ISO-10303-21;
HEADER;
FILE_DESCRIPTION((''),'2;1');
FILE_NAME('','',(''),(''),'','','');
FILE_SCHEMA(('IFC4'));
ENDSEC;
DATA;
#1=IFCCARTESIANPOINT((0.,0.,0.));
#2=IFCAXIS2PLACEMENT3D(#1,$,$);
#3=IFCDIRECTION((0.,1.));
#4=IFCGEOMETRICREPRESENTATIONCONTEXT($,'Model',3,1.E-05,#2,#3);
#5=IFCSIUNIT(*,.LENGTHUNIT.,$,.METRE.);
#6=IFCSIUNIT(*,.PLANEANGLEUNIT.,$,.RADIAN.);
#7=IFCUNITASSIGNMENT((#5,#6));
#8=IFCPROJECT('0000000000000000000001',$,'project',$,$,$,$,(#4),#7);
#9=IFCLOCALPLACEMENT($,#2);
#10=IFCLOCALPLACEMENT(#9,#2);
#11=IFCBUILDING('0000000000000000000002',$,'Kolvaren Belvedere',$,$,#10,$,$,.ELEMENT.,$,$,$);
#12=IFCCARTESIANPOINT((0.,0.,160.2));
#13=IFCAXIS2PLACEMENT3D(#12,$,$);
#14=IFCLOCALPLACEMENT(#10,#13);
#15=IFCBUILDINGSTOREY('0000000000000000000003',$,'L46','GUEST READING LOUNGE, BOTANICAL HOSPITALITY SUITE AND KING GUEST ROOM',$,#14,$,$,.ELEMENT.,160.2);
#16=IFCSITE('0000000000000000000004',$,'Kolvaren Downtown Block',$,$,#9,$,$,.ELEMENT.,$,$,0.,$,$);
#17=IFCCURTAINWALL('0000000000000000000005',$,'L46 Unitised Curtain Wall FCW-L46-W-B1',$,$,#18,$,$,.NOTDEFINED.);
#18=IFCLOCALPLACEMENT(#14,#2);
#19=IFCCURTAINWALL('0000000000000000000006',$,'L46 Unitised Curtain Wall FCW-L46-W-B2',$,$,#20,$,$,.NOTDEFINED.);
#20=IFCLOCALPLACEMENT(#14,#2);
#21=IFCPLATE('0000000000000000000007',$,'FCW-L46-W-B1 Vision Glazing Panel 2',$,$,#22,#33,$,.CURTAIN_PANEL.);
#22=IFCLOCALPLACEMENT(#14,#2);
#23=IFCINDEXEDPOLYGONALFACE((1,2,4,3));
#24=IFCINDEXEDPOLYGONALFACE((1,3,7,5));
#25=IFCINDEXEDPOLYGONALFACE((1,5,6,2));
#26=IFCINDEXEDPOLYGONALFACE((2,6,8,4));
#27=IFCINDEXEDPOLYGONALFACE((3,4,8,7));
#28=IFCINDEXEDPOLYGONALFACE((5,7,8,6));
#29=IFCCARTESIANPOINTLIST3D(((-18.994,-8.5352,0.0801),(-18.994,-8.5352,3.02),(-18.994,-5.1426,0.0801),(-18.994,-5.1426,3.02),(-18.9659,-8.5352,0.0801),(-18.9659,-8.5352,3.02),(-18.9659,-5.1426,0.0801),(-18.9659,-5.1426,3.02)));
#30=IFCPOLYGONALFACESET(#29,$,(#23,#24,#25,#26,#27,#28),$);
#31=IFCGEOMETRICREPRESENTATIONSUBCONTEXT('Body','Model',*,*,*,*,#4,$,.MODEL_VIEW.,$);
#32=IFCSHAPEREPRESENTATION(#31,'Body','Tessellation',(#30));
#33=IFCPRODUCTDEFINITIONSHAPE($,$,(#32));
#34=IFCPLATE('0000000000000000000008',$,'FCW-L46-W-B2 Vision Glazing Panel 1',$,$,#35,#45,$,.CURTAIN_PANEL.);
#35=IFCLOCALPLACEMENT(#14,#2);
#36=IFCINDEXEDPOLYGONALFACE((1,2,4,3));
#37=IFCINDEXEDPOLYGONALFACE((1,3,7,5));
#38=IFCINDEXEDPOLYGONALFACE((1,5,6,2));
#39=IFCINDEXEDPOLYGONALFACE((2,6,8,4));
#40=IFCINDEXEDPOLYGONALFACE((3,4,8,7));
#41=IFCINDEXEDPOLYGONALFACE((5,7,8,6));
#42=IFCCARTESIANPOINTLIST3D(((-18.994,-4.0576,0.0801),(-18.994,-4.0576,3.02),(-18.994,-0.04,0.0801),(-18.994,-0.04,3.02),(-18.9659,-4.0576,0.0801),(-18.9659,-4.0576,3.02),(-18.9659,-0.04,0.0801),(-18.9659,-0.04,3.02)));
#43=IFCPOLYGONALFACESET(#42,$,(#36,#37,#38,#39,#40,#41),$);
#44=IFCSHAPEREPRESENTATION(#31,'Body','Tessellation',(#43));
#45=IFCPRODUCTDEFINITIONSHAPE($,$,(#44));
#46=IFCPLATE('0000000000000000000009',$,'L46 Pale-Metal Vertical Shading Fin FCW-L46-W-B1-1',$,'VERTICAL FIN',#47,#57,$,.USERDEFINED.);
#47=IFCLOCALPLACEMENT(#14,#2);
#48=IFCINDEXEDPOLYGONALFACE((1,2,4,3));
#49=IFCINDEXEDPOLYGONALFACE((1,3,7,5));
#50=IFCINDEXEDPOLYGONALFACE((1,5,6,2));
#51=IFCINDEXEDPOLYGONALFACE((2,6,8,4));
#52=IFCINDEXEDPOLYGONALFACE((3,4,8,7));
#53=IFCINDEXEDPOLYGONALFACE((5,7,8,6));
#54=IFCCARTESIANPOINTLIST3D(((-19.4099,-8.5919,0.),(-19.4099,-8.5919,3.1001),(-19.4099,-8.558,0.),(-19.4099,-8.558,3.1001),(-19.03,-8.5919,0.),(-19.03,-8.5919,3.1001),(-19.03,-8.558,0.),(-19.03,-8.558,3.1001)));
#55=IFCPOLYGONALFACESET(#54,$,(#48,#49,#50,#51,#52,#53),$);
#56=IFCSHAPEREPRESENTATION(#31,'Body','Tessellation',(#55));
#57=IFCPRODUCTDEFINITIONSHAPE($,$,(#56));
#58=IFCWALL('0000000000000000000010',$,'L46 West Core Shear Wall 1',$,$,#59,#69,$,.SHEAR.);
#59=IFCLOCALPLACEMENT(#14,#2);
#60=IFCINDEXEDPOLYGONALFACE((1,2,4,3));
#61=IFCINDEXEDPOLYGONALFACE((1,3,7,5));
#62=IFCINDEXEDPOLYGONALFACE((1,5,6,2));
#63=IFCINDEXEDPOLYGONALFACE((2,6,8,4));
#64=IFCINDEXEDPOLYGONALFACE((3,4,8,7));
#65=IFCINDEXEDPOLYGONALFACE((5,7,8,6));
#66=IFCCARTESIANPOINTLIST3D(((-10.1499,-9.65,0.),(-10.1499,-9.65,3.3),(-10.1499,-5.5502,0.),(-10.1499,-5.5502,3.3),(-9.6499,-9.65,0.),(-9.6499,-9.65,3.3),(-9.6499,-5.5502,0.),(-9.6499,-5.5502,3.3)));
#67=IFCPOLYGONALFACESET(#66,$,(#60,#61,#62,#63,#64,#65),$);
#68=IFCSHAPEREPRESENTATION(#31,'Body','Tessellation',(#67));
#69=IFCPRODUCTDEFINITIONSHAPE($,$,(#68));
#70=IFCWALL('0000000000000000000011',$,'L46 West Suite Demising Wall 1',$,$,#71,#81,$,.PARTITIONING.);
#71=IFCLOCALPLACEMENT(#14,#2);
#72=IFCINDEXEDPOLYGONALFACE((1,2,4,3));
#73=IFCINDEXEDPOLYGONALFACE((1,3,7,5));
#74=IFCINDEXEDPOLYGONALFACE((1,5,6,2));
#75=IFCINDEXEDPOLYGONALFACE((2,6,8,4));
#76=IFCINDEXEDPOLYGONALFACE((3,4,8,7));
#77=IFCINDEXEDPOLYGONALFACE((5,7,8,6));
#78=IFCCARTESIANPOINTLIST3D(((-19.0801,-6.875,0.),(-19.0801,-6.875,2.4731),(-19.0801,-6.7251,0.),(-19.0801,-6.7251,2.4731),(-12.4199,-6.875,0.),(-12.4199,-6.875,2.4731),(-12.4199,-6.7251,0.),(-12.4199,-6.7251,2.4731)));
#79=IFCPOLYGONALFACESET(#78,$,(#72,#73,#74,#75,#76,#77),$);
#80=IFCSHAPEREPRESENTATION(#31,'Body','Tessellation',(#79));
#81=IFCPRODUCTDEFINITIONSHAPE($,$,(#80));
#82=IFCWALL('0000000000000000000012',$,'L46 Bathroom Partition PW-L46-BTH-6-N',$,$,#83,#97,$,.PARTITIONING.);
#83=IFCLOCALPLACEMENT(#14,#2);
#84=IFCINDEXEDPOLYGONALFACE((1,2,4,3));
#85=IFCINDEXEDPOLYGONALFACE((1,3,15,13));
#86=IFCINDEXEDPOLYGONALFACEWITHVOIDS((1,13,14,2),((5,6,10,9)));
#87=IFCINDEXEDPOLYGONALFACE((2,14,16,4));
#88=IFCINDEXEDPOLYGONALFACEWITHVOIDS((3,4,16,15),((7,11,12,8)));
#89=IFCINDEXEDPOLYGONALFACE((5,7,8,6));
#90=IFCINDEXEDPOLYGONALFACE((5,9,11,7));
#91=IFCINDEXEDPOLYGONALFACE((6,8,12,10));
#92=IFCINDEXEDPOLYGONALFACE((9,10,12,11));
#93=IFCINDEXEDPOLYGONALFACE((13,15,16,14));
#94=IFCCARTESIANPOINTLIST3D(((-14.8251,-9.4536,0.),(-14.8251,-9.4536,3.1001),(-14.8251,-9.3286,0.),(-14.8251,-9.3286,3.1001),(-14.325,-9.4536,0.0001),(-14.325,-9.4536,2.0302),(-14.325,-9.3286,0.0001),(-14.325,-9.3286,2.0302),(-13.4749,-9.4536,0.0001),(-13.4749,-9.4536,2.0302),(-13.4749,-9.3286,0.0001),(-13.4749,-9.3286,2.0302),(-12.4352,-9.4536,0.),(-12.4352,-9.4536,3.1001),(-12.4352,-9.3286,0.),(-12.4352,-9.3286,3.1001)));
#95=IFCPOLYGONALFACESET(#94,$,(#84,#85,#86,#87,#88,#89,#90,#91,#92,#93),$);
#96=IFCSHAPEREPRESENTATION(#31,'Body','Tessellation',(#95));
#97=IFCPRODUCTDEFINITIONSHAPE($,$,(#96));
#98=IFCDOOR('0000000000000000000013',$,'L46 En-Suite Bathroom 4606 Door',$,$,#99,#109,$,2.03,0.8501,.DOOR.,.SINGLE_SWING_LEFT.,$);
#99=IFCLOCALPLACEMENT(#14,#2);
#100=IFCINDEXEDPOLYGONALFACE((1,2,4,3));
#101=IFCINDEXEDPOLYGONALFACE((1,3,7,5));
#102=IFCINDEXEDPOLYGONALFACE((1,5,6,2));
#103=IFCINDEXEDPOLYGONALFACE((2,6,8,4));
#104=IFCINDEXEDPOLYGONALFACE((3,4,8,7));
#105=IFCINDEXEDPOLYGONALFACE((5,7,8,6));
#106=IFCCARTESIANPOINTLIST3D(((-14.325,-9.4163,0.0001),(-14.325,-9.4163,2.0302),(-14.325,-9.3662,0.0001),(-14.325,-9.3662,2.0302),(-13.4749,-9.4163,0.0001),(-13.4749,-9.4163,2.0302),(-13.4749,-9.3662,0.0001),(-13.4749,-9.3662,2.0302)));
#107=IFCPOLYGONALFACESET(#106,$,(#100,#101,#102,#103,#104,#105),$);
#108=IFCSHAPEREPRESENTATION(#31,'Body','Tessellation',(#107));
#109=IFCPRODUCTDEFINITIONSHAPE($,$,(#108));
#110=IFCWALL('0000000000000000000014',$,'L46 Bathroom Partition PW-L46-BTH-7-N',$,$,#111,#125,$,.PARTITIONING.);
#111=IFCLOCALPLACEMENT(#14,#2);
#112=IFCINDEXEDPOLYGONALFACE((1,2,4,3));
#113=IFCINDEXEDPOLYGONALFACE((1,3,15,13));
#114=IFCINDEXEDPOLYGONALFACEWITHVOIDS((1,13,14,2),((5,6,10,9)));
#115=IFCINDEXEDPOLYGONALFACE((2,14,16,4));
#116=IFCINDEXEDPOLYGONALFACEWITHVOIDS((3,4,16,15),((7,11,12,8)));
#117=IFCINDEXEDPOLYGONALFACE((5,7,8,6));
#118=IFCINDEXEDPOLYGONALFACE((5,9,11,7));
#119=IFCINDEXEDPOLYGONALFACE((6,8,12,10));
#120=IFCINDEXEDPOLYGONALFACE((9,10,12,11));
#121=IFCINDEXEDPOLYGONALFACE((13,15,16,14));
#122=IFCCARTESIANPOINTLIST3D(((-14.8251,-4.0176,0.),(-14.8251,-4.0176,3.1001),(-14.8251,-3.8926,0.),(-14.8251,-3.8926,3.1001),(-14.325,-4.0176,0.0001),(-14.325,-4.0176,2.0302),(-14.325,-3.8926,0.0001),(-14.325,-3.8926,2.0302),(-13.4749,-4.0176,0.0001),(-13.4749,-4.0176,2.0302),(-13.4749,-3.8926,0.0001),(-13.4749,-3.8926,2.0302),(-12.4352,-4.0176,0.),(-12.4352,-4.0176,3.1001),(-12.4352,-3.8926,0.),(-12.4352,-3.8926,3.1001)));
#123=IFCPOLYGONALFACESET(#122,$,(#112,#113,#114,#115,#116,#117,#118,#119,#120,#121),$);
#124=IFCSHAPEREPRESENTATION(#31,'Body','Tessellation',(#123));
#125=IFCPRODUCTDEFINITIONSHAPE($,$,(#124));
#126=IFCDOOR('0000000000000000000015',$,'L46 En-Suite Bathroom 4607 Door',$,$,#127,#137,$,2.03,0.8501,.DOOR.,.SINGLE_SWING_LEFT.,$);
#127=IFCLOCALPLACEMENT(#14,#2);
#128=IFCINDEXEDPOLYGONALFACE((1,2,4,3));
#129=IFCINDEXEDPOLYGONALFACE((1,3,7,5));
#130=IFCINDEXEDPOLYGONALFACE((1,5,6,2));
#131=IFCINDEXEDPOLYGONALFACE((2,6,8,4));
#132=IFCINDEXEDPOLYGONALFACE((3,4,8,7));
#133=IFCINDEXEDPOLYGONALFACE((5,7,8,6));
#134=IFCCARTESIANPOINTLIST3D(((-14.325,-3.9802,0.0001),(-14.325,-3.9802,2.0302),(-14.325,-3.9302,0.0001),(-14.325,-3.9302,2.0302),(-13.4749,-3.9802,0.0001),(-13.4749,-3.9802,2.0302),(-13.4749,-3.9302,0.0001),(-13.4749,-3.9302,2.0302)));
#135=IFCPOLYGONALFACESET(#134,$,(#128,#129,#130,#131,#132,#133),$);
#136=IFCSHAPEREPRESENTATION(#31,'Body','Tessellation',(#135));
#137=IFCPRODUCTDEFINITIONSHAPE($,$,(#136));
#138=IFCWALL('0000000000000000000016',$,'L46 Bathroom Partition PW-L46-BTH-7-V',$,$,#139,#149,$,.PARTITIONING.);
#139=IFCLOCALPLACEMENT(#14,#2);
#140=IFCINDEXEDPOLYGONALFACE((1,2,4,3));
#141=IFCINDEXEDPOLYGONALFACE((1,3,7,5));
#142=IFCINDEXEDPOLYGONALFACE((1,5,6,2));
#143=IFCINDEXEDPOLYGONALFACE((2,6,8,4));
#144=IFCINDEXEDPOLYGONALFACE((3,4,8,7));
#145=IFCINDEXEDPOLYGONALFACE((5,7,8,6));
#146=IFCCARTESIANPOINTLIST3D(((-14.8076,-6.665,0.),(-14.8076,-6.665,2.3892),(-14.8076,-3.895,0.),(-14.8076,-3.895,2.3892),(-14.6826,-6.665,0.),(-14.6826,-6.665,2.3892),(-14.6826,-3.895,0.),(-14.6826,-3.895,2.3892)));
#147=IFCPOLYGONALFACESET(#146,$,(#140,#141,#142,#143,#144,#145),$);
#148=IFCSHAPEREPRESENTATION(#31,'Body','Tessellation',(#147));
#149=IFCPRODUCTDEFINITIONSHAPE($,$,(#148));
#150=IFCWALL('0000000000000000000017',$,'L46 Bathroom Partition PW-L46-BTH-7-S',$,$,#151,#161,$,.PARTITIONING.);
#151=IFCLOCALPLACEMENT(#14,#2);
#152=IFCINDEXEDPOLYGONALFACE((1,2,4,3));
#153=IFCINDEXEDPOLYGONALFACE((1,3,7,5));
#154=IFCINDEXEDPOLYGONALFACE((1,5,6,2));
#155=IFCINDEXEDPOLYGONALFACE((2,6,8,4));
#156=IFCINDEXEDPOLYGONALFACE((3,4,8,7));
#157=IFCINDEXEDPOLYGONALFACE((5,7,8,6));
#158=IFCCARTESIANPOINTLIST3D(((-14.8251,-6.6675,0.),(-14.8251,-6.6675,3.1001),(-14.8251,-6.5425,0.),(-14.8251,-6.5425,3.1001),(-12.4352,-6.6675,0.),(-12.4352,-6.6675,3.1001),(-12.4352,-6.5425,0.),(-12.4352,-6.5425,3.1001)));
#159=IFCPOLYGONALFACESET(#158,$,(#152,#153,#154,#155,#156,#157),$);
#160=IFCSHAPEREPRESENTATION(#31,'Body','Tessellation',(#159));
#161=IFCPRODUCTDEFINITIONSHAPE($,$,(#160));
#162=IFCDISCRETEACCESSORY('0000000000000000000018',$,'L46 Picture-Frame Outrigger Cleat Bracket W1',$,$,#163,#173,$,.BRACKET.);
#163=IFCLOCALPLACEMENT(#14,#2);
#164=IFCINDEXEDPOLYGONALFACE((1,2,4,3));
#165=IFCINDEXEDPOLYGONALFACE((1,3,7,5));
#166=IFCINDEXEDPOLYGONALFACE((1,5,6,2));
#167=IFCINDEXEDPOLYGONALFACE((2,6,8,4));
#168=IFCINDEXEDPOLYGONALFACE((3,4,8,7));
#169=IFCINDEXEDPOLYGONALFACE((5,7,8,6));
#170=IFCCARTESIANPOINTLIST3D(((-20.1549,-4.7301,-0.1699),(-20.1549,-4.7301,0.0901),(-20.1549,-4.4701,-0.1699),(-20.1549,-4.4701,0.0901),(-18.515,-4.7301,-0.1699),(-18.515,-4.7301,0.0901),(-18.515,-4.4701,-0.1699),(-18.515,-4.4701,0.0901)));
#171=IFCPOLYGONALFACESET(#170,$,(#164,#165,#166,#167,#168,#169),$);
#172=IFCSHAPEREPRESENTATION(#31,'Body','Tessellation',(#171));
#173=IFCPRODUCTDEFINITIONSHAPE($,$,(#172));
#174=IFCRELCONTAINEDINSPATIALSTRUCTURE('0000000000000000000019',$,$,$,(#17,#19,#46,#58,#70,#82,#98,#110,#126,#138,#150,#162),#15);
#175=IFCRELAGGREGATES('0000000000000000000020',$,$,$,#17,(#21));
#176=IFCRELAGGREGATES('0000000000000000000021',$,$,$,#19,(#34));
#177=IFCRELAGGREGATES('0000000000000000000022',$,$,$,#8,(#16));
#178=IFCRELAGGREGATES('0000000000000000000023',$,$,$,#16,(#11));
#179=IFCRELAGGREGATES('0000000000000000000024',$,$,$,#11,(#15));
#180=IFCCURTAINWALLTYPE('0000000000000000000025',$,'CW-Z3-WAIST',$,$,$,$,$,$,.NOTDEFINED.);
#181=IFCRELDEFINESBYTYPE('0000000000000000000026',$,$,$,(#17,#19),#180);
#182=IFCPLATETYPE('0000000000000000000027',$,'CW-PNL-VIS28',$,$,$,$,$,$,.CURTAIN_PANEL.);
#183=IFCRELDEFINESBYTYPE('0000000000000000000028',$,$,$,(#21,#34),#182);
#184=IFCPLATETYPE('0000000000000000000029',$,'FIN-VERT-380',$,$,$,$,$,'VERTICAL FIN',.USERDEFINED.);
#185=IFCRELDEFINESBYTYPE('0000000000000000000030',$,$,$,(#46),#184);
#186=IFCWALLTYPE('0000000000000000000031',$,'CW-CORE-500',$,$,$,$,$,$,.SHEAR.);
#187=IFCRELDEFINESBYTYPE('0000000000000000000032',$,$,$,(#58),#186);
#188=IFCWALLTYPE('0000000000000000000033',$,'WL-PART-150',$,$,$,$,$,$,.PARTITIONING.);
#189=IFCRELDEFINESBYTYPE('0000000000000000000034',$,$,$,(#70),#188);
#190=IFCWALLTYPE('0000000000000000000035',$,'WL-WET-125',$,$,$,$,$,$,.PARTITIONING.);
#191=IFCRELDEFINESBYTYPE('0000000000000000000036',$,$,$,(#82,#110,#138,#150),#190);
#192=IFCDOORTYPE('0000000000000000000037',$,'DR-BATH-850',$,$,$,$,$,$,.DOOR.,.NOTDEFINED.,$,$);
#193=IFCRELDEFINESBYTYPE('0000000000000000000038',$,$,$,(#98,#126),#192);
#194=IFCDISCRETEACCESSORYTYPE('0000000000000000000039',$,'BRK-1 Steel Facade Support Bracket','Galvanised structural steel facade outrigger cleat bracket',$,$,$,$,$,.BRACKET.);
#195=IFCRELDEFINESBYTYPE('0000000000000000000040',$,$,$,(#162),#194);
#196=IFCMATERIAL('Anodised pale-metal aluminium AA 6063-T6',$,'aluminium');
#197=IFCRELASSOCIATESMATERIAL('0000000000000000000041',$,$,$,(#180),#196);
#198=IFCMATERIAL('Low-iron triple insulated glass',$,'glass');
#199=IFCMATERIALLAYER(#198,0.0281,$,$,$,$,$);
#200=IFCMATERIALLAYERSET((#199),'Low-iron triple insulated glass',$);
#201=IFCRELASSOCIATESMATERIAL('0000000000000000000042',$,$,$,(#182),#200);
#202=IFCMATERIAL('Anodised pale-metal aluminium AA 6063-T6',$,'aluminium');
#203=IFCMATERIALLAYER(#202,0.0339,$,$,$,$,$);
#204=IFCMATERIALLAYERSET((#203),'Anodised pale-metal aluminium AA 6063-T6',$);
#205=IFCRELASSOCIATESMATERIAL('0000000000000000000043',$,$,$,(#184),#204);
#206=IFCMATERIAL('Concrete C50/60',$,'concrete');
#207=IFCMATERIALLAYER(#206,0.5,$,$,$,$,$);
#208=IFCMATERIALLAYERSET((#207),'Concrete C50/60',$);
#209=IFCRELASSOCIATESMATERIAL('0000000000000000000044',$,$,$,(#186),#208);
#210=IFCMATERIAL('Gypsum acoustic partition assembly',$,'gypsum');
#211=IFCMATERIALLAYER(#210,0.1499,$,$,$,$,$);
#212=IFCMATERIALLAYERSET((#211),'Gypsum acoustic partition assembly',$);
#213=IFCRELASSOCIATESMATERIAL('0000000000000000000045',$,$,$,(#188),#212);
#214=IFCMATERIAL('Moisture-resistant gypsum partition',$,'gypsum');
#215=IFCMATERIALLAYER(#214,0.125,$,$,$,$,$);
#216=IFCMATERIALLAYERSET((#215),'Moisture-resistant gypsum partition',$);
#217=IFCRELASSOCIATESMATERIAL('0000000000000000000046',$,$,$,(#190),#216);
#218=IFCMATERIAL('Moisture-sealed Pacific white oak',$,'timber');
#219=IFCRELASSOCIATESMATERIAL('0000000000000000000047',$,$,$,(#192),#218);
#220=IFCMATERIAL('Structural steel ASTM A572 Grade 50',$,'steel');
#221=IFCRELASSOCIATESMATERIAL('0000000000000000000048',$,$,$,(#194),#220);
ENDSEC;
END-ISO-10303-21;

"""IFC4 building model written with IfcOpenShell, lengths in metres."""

from ifc_helpers import new_model, si_unit, direction, frame, frame_2d, origin, origin_2d, place, context, subcontext, project, spatial, rectangle, extrude, material, layer, layer_set, type_object, element, fill, aggregate, save


model = new_model("IFC4")

# Units and contexts
model_context = context("Model", 3, precision=1e-05, world=origin(), true_north=direction((0.0, 1.0)))
body_context = subcontext(model_context, "Body", "Model", "MODEL_VIEW")
ifc_project = project(units=[si_unit("LENGTHUNIT", "METRE"), si_unit("PLANEANGLEUNIT", "RADIAN")], contexts=[model_context])

# Site, building, storey
site_placement = place(None, origin())
site = spatial("IfcSite", under=ifc_project, at=site_placement, Name="Kolvaren Downtown Block", CompositionType="ELEMENT", RefElevation=0.0)
building_placement = place(site_placement, origin())
building = spatial("IfcBuilding", under=site, at=building_placement, Name="Kolvaren Belvedere", CompositionType="ELEMENT")
storey_placement = place(building_placement, frame((0.0, 0.0, 160.2)))
storey = spatial("IfcBuildingStorey", under=building, at=storey_placement, Name="L46", Description="GUEST READING LOUNGE, BOTANICAL HOSPITALITY SUITE AND KING GUEST ROOM", CompositionType="ELEMENT", Elevation=160.2)

# Curtain walls
ifc_material_1 = material(Name="Anodised pale-metal aluminium AA 6063-T6", Category="aluminium")
curtain_wall_type = type_object("IfcCurtainWallType", Name="CW-Z3-WAIST", PredefinedType="NOTDEFINED", material=ifc_material_1)
curtain_wall_1_placement = place(storey_placement, origin())
curtain_wall_1 = element("IfcCurtainWall", 1, at=curtain_wall_1_placement, inside=storey, type_object=curtain_wall_type, Name="L46 Unitised Curtain Wall FCW-L46-W-B1", PredefinedType="NOTDEFINED")
curtain_wall_2_placement = place(storey_placement, origin())
curtain_wall_2 = element("IfcCurtainWall", 2, at=curtain_wall_2_placement, inside=storey, type_object=curtain_wall_type, Name="L46 Unitised Curtain Wall FCW-L46-W-B2", PredefinedType="NOTDEFINED")

# Plates
ifc_material_2 = material(Name="Low-iron triple insulated glass", Category="glass")
ifc_layer_1 = layer(ifc_material_2, 0.0281)
ifc_layer_set_1 = layer_set([ifc_layer_1], Name="Low-iron triple insulated glass")
plate_type_1 = type_object("IfcPlateType", Name="CW-PNL-VIS28", PredefinedType="CURTAIN_PANEL", material=ifc_layer_set_1)
plate_1_placement = place(storey_placement, frame((-18.98, -6.8389, 0.0801), z_axis=(0.0, 0.0, 1.0), x_axis=(0.0, 1.0, 0.0)))
plate_1 = element("IfcPlate", 3, at=plate_1_placement, type_object=plate_type_1, Name="FCW-L46-W-B1 Vision Glazing Panel 2", PredefinedType="CURTAIN_PANEL", context=body_context, shape_type="SweptSolid", body=[
    extrude(rectangle(XDim=3.3926, YDim=0.0281, at=origin_2d()), origin(), (0.0, 0.0, 1.0), 2.9399),
])
aggregate(curtain_wall_1, [plate_1])
plate_2_placement = place(storey_placement, frame((-18.98, -2.0488, 0.0801), z_axis=(0.0, 0.0, 1.0), x_axis=(0.0, 1.0, 0.0)))
plate_2 = element("IfcPlate", 4, at=plate_2_placement, type_object=plate_type_1, Name="FCW-L46-W-B2 Vision Glazing Panel 1", PredefinedType="CURTAIN_PANEL", context=body_context, shape_type="SweptSolid", body=[
    extrude(rectangle(XDim=4.0176, YDim=0.0281, at=origin_2d()), origin(), (0.0, 0.0, 1.0), 2.9399),
])
aggregate(curtain_wall_2, [plate_2])
ifc_material_3 = material(Name="Anodised pale-metal aluminium AA 6063-T6", Category="aluminium")
ifc_layer_2 = layer(ifc_material_3, 0.0339)
ifc_layer_set_2 = layer_set([ifc_layer_2], Name="Anodised pale-metal aluminium AA 6063-T6")
plate_type_2 = type_object("IfcPlateType", Name="FIN-VERT-380", ElementType="VERTICAL FIN", PredefinedType="USERDEFINED", material=ifc_layer_set_2)
plate_3_placement = place(storey_placement, frame((-19.22, -8.575, 0.0), z_axis=(0.0, 0.0, 1.0), x_axis=(1.0, 0.0, 0.0)))
element("IfcPlate", 5, at=plate_3_placement, inside=storey, type_object=plate_type_2, Name="L46 Pale-Metal Vertical Shading Fin FCW-L46-W-B1-1", ObjectType="VERTICAL FIN", PredefinedType="USERDEFINED", context=body_context, shape_type="SweptSolid", body=[
    extrude(rectangle(XDim=0.3799, YDim=0.0339, at=origin_2d()), origin(), (0.0, 0.0, 1.0), 3.1001),
])

# Walls
ifc_material_4 = material(Name="Concrete C50/60", Category="concrete")
ifc_layer_3 = layer(ifc_material_4, 0.5)
ifc_layer_set_3 = layer_set([ifc_layer_3], Name="Concrete C50/60")
wall_type_1 = type_object("IfcWallType", Name="CW-CORE-500", PredefinedType="SHEAR", material=ifc_layer_set_3)
wall_1_placement = place(storey_placement, frame((-9.8999, -9.6499, 0.0), z_axis=(0.0, 0.0, 1.0), x_axis=(0.0, 1.0, 0.0)))
element("IfcWall", 6, at=wall_1_placement, inside=storey, type_object=wall_type_1, Name="L46 West Core Shear Wall 1", PredefinedType="SHEAR", context=body_context, shape_type="SweptSolid", body=[
    extrude(rectangle(XDim=4.0999, YDim=0.5, at=frame_2d((2.0498, 0.0))), origin(), (0.0, 0.0, 1.0), 3.3),
])
ifc_material_5 = material(Name="Gypsum acoustic partition assembly", Category="gypsum")
ifc_layer_4 = layer(ifc_material_5, 0.1499)
ifc_layer_set_4 = layer_set([ifc_layer_4], Name="Gypsum acoustic partition assembly")
wall_type_2 = type_object("IfcWallType", Name="WL-PART-150", PredefinedType="PARTITIONING", material=ifc_layer_set_4)
wall_2_placement = place(storey_placement, frame((-19.0801, -6.8, 0.0), z_axis=(0.0, 0.0, 1.0), x_axis=(1.0, 0.0, 0.0)))
element("IfcWall", 7, at=wall_2_placement, inside=storey, type_object=wall_type_2, Name="L46 West Suite Demising Wall 1", PredefinedType="PARTITIONING", context=body_context, shape_type="SweptSolid", body=[
    extrude(rectangle(XDim=6.6602, YDim=0.1499, at=frame_2d((3.3301, 0.0))), origin(), (0.0, 0.0, 1.0), 2.4731),
])

# Walls, openings, doors
ifc_material_6 = material(Name="Moisture-resistant gypsum partition", Category="gypsum")
ifc_layer_5 = layer(ifc_material_6, 0.125)
ifc_layer_set_5 = layer_set([ifc_layer_5], Name="Moisture-resistant gypsum partition")
wall_type_3 = type_object("IfcWallType", Name="WL-WET-125", PredefinedType="PARTITIONING", material=ifc_layer_set_5)
wall_3_placement = place(storey_placement, frame((-14.825, -9.3911, 0.0), z_axis=(0.0, 0.0, 1.0), x_axis=(1.0, 0.0, 0.0)))
wall_3 = element("IfcWall", 8, at=wall_3_placement, inside=storey, type_object=wall_type_3, Name="L46 Bathroom Partition PW-L46-BTH-6-N", PredefinedType="PARTITIONING", context=body_context, shape_type="SweptSolid", body=[
    extrude(rectangle(XDim=2.3899, YDim=0.125, at=frame_2d((1.1948, 0.0))), origin(), (0.0, 0.0, 1.0), 3.1001),
])
opening_1_placement = place(wall_3_placement, frame((0.5, 0.0, 0.0)))
opening_1 = element("IfcOpeningElement", 9, at=opening_1_placement, cuts=wall_3, PredefinedType="OPENING", context=body_context, shape_type="SweptSolid", body=[
    extrude(rectangle(XDim=0.8501, YDim=2.03, at=frame_2d((0.425, 1.0151))), frame((0.0, 0.0725, 0.0), z_axis=(0.0, -1.0, 0.0), x_axis=(1.0, 0.0, 0.0)), (0.0, 0.0, 1.0), 0.145),
])
ifc_material_7 = material(Name="Moisture-sealed Pacific white oak", Category="timber")
door_type = type_object("IfcDoorType", Name="DR-BATH-850", OperationType="NOTDEFINED", PredefinedType="DOOR", material=ifc_material_7)
door_1_placement = place(opening_1_placement, origin())
door_1 = element("IfcDoor", 10, at=door_1_placement, inside=storey, type_object=door_type, Name="L46 En-Suite Bathroom 4606 Door", OperationType="SINGLE_SWING_LEFT", OverallHeight=2.03, OverallWidth=0.8501, PredefinedType="DOOR", context=body_context, shape_type="SweptSolid", body=[
    extrude(rectangle(XDim=0.8501, YDim=2.03, at=frame_2d((0.425, 1.0151))), frame((0.0, 0.0249, 0.0), z_axis=(0.0, -1.0, 0.0), x_axis=(1.0, 0.0, 0.0)), (0.0, 0.0, 1.0), 0.05),
])
fill(opening_1, door_1)
wall_4_placement = place(storey_placement, frame((-14.825, -3.9551, 0.0), z_axis=(0.0, 0.0, 1.0), x_axis=(1.0, 0.0, 0.0)))
wall_4 = element("IfcWall", 11, at=wall_4_placement, inside=storey, type_object=wall_type_3, Name="L46 Bathroom Partition PW-L46-BTH-7-N", PredefinedType="PARTITIONING", context=body_context, shape_type="SweptSolid", body=[
    extrude(rectangle(XDim=2.3899, YDim=0.125, at=frame_2d((1.1948, 0.0))), origin(), (0.0, 0.0, 1.0), 3.1001),
])
opening_2_placement = place(wall_4_placement, frame((0.5, 0.0, 0.0)))
opening_2 = element("IfcOpeningElement", 12, at=opening_2_placement, cuts=wall_4, PredefinedType="OPENING", context=body_context, shape_type="SweptSolid", body=[
    extrude(rectangle(XDim=0.8501, YDim=2.03, at=frame_2d((0.425, 1.0151))), frame((0.0, 0.0725, 0.0), z_axis=(0.0, -1.0, 0.0), x_axis=(1.0, 0.0, 0.0)), (0.0, 0.0, 1.0), 0.145),
])
door_2_placement = place(opening_2_placement, origin())
door_2 = element("IfcDoor", 13, at=door_2_placement, inside=storey, type_object=door_type, Name="L46 En-Suite Bathroom 4607 Door", OperationType="SINGLE_SWING_LEFT", OverallHeight=2.03, OverallWidth=0.8501, PredefinedType="DOOR", context=body_context, shape_type="SweptSolid", body=[
    extrude(rectangle(XDim=0.8501, YDim=2.03, at=frame_2d((0.425, 1.0151))), frame((0.0, 0.0249, 0.0), z_axis=(0.0, -1.0, 0.0), x_axis=(1.0, 0.0, 0.0)), (0.0, 0.0, 1.0), 0.05),
])
fill(opening_2, door_2)

# Walls
wall_5_placement = place(storey_placement, frame((-14.7451, -6.665, 0.0), z_axis=(0.0, 0.0, 1.0), x_axis=(0.0, 1.0, 0.0)))
element("IfcWall", 14, at=wall_5_placement, inside=storey, type_object=wall_type_3, Name="L46 Bathroom Partition PW-L46-BTH-7-V", PredefinedType="PARTITIONING", context=body_context, shape_type="SweptSolid", body=[
    extrude(rectangle(XDim=2.77, YDim=0.125, at=frame_2d((1.385, 0.0))), origin(), (0.0, 0.0, 1.0), 2.3892),
])
wall_6_placement = place(storey_placement, frame((-14.825, -6.605, 0.0), z_axis=(0.0, 0.0, 1.0), x_axis=(1.0, 0.0, 0.0)))
element("IfcWall", 15, at=wall_6_placement, inside=storey, type_object=wall_type_3, Name="L46 Bathroom Partition PW-L46-BTH-7-S", PredefinedType="PARTITIONING", context=body_context, shape_type="SweptSolid", body=[
    extrude(rectangle(XDim=2.3899, YDim=0.125, at=frame_2d((1.1948, 0.0))), origin(), (0.0, 0.0, 1.0), 3.1001),
])

# Discrete accessory
ifc_material_8 = material(Name="Structural steel ASTM A572 Grade 50", Category="steel")
discrete_accessory_type = type_object("IfcDiscreteAccessoryType", Name="BRK-1 Steel Facade Support Bracket", Description="Galvanised structural steel facade outrigger cleat bracket", PredefinedType="BRACKET", material=ifc_material_8)
discrete_accessory_placement = place(storey_placement, frame((-19.335, -4.6001, -0.1699), z_axis=(0.0, 0.0, 1.0), x_axis=(1.0, 0.0, 0.0)))
element("IfcDiscreteAccessory", 16, at=discrete_accessory_placement, inside=storey, type_object=discrete_accessory_type, Name="L46 Picture-Frame Outrigger Cleat Bracket W1", PredefinedType="BRACKET", context=body_context, shape_type="SweptSolid", body=[
    extrude(rectangle(XDim=1.6399, YDim=0.26, at=origin_2d()), origin(), (0.0, 0.0, 1.0), 0.26),
])

save(model, "model.ifc")
